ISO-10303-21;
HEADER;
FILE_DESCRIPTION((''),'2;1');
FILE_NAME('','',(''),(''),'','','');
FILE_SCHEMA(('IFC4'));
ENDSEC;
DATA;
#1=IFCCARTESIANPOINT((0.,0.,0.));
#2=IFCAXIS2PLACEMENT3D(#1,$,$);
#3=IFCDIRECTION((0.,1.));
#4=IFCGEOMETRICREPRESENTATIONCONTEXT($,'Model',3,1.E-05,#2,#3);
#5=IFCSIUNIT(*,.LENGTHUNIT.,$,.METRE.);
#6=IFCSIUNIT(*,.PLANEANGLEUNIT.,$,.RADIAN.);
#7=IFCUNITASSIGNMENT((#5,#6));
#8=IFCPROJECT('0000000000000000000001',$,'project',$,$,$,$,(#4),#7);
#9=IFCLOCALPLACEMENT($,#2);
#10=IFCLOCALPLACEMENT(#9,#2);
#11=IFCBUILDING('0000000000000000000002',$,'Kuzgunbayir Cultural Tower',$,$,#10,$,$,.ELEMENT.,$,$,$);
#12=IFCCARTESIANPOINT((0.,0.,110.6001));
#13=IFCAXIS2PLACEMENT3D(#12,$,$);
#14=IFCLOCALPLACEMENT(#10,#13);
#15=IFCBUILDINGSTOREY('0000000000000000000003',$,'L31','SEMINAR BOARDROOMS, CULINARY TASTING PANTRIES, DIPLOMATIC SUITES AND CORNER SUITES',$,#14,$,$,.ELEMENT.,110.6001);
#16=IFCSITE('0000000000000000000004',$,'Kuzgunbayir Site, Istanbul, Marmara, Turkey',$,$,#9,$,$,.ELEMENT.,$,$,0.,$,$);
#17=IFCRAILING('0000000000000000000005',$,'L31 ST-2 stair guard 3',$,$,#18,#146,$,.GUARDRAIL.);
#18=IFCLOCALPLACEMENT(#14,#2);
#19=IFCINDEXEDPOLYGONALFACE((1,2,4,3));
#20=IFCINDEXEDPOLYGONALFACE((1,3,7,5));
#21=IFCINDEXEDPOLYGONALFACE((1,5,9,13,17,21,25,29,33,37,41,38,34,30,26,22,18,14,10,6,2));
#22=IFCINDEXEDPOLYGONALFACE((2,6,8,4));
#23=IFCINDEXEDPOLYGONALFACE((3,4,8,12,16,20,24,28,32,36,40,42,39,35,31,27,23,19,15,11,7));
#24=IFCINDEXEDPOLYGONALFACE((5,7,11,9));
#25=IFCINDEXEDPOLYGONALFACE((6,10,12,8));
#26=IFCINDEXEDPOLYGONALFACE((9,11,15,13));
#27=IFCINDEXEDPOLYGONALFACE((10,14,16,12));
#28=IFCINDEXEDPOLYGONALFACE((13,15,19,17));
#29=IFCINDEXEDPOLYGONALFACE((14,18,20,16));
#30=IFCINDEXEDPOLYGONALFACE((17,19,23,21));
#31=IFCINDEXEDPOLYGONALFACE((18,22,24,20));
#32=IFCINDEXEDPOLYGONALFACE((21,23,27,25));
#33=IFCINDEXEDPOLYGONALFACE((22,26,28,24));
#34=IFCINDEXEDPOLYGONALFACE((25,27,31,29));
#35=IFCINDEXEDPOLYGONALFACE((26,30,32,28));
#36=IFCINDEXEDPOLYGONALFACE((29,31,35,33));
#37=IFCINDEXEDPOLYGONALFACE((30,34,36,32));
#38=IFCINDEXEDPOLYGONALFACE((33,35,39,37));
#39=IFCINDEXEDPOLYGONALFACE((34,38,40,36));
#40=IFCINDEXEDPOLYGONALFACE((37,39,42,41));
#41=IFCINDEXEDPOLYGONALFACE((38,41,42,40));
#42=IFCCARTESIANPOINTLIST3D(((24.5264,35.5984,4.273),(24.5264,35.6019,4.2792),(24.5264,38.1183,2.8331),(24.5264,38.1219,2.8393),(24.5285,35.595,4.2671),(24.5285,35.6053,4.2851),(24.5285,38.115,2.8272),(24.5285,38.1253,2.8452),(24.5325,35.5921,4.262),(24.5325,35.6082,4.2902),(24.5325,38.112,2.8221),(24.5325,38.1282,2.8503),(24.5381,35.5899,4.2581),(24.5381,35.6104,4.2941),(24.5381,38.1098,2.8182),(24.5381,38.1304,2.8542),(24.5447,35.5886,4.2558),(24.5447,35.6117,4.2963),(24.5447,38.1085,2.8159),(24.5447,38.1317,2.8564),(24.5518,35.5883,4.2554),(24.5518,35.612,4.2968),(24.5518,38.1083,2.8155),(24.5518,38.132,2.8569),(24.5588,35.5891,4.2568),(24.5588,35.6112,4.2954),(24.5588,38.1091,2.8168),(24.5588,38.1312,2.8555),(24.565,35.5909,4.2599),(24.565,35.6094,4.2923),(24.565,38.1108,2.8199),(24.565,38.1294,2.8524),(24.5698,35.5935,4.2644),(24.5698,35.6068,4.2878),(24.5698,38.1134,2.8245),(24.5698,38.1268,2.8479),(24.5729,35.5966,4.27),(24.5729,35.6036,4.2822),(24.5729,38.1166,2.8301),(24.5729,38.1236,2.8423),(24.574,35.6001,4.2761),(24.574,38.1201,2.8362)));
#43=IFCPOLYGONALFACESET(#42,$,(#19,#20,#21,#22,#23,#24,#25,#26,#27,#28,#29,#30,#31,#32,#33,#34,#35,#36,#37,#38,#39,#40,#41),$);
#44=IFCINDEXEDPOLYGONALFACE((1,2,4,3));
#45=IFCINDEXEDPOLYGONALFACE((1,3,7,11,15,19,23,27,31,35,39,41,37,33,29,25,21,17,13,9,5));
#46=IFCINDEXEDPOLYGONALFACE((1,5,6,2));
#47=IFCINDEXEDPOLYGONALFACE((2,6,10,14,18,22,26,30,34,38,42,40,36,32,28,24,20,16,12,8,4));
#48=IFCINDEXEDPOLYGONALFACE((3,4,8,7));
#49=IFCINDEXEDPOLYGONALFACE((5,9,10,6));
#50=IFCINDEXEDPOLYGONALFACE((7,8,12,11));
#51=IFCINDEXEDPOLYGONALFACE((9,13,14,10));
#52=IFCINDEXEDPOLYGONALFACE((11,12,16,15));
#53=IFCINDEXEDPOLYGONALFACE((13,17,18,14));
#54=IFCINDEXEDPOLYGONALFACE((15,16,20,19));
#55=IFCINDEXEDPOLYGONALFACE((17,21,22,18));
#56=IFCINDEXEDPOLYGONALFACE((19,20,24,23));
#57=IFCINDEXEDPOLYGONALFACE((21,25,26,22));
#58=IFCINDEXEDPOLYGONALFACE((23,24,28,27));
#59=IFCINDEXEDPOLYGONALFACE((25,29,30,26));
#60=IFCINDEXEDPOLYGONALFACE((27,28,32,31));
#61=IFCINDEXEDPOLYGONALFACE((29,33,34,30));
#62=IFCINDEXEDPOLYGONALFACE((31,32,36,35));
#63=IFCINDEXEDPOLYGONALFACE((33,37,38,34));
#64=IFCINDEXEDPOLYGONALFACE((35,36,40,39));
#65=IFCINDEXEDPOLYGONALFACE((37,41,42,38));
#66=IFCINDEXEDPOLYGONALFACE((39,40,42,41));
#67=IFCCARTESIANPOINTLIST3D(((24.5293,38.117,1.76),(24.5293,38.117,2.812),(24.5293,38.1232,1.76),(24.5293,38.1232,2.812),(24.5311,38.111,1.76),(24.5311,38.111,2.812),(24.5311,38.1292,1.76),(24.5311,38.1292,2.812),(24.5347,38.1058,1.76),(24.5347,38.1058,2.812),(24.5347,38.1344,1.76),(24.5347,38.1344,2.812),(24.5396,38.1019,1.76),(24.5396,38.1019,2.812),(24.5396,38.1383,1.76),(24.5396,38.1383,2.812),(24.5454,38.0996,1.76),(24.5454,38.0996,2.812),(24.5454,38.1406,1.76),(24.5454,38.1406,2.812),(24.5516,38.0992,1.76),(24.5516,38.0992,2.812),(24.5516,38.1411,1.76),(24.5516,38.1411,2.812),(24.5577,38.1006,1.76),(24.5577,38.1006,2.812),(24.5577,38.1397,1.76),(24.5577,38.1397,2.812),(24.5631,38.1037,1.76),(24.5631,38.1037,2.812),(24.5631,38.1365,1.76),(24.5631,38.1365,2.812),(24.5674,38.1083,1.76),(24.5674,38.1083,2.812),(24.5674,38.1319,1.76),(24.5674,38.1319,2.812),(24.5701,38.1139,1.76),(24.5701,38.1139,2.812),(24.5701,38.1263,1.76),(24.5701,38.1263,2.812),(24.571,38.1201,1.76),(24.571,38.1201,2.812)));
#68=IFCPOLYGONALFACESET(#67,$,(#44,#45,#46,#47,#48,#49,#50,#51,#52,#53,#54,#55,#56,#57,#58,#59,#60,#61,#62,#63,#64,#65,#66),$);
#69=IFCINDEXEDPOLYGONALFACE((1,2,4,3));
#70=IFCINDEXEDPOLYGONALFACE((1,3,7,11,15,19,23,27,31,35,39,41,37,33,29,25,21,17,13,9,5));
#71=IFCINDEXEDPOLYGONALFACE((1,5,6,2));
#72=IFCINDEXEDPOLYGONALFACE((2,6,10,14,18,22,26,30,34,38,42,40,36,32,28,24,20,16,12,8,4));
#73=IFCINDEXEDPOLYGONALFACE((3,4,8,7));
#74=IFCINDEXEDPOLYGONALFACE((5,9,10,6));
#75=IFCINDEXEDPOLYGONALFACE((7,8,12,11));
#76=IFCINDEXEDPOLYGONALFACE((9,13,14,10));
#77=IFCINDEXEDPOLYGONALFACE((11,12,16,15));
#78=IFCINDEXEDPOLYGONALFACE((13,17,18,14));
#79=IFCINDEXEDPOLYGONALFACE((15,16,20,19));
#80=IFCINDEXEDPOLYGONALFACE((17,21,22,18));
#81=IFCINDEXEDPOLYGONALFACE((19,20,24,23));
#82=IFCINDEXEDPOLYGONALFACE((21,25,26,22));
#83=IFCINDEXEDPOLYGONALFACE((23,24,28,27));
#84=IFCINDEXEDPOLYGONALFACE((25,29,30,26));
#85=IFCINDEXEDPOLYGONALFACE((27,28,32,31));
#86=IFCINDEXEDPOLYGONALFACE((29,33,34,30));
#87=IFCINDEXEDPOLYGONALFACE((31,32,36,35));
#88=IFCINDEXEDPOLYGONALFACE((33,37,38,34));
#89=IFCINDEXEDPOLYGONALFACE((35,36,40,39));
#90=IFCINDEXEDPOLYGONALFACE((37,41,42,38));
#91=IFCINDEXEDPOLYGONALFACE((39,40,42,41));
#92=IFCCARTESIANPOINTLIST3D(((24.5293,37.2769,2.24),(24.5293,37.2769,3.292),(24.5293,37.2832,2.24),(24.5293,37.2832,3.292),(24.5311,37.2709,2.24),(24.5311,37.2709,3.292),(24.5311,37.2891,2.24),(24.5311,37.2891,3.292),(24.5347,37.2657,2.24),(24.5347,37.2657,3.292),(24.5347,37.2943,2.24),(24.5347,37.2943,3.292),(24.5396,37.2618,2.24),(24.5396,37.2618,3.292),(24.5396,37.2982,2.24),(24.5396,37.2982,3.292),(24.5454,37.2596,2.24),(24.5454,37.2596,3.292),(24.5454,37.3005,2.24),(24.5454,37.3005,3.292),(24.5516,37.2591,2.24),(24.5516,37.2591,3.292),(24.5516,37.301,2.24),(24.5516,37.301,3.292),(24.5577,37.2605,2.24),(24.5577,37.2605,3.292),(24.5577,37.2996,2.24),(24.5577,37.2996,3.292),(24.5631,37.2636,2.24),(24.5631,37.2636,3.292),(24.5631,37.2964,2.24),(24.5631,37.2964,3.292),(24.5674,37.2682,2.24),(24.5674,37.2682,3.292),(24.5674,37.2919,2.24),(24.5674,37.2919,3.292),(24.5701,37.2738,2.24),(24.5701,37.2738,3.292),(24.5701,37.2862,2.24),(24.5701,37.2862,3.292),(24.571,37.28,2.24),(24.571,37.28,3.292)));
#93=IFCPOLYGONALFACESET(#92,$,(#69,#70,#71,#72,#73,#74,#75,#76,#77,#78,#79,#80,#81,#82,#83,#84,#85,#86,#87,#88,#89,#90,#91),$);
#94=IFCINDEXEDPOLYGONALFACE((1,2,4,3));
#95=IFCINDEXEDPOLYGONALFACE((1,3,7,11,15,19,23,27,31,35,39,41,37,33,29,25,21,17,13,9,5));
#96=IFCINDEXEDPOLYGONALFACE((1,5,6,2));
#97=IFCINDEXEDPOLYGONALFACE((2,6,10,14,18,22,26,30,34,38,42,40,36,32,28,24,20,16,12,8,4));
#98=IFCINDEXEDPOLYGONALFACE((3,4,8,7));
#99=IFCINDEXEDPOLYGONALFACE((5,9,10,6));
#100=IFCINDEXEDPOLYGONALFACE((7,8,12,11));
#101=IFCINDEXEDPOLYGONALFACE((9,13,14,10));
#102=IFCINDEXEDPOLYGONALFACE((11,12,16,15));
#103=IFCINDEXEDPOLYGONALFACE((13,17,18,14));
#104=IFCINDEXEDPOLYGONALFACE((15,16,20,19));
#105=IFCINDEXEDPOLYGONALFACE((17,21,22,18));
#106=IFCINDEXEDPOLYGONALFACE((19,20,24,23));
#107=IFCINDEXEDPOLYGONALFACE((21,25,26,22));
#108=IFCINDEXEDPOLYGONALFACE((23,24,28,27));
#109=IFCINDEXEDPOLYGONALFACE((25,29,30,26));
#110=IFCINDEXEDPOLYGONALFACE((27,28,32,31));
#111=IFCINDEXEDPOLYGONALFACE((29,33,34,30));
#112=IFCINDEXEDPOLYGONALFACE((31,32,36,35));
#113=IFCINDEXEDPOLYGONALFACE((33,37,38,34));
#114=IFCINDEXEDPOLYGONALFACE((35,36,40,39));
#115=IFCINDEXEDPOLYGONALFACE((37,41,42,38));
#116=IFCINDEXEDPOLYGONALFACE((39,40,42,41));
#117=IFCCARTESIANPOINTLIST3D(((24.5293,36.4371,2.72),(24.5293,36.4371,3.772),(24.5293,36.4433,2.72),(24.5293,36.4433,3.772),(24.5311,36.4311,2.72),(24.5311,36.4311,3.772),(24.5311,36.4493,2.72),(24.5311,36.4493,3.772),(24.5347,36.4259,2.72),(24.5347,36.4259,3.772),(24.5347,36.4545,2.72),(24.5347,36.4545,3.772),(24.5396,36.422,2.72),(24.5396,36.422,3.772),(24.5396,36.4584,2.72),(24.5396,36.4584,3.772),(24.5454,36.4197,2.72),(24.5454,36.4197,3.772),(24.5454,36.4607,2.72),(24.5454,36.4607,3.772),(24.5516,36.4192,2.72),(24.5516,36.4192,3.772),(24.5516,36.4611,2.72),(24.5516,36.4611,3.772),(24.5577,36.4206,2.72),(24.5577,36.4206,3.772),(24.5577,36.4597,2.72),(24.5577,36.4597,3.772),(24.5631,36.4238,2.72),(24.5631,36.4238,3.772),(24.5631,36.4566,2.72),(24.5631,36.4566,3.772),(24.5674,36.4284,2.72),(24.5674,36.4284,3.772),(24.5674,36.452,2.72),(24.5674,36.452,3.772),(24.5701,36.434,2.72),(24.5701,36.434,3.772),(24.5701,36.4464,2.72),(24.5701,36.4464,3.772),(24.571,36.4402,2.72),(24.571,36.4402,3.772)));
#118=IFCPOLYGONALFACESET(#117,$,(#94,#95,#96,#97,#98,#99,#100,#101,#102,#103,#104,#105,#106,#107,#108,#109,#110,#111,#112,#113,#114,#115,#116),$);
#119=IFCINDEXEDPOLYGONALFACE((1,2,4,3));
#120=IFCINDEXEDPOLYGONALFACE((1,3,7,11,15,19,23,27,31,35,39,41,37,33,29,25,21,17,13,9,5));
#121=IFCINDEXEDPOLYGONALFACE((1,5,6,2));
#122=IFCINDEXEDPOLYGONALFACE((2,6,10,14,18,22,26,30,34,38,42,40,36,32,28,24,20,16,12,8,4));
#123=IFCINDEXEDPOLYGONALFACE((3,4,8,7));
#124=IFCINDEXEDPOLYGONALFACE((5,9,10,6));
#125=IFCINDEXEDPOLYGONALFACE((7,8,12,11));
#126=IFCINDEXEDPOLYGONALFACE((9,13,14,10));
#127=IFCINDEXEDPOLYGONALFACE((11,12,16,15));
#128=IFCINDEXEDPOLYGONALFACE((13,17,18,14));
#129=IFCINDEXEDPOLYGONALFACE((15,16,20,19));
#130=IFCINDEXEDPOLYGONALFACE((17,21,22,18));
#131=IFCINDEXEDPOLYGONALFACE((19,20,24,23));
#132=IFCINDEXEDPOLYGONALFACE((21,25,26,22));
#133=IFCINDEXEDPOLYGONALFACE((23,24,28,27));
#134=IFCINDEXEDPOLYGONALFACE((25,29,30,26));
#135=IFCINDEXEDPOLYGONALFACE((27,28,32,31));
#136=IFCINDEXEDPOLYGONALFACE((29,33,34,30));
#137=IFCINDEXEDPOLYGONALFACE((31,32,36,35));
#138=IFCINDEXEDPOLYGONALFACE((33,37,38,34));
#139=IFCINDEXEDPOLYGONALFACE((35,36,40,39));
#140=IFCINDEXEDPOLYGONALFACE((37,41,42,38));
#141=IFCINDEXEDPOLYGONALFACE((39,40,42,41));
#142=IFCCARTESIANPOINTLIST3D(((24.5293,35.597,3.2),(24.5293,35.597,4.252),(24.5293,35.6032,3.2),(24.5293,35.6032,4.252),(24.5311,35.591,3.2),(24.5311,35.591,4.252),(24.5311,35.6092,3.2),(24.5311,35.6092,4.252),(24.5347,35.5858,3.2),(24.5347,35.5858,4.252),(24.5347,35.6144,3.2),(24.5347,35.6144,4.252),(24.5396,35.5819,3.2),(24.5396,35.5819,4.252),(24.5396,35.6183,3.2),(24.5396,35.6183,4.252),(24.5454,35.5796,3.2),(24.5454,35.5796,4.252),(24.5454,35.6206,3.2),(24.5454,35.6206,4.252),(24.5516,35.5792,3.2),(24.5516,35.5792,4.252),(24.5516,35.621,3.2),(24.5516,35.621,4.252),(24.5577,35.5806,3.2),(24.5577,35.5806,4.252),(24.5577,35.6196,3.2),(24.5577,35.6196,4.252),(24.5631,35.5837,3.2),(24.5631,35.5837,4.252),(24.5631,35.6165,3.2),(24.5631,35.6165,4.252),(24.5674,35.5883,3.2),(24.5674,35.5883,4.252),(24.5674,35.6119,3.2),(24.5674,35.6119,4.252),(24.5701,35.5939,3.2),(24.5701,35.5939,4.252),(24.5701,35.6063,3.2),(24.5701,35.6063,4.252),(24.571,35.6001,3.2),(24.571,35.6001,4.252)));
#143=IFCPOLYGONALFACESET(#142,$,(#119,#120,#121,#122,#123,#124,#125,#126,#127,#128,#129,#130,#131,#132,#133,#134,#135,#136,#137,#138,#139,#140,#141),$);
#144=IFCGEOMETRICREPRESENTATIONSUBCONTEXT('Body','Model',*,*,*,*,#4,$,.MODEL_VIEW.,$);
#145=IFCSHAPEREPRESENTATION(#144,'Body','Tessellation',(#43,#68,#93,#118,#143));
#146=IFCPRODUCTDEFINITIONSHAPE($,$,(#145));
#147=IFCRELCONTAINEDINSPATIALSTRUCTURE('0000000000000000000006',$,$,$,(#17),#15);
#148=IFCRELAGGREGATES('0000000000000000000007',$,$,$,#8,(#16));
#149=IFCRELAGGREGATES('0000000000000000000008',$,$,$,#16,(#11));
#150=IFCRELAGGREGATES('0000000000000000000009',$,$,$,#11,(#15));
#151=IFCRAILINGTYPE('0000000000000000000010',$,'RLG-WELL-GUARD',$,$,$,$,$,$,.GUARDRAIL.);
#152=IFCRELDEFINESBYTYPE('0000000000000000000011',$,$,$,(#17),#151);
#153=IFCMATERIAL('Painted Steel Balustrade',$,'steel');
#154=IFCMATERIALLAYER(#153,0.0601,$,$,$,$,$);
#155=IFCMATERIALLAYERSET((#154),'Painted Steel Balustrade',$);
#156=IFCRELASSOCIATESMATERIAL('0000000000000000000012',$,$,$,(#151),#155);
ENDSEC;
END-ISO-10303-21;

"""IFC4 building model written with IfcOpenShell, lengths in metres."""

from ifc_helpers import new_model, si_unit, direction, frame, origin, origin_2d, place, context, subcontext, project, spatial, circle, extrude, material, layer, layer_set, type_object, element, save


model = new_model("IFC4")

# Units and contexts
model_context = context("Model", 3, precision=1e-05, world=origin(), true_north=direction((0.0, 1.0)))
body_context = subcontext(model_context, "Body", "Model", "MODEL_VIEW")
ifc_project = project(units=[si_unit("LENGTHUNIT", "METRE"), si_unit("PLANEANGLEUNIT", "RADIAN")], contexts=[model_context])

# Site, building, storey
site_placement = place(None, origin())
site = spatial("IfcSite", under=ifc_project, at=site_placement, Name="Kuzgunbayir Site, Istanbul, Marmara, Turkey", CompositionType="ELEMENT", RefElevation=0.0)
building_placement = place(site_placement, origin())
building = spatial("IfcBuilding", under=site, at=building_placement, Name="Kuzgunbayir Cultural Tower", CompositionType="ELEMENT")
storey_placement = place(building_placement, frame((0.0, 0.0, 110.6001)))
storey = spatial("IfcBuildingStorey", under=building, at=storey_placement, Name="L31", Description="SEMINAR BOARDROOMS, CULINARY TASTING PANTRIES, DIPLOMATIC SUITES AND CORNER SUITES", CompositionType="ELEMENT", Elevation=110.6001)

# Railing
ifc_material_1 = material(Name="Painted Steel Balustrade", Category="steel")
ifc_layer_1 = layer(ifc_material_1, 0.0601)
ifc_layer_set_1 = layer_set([ifc_layer_1], Name="Painted Steel Balustrade")
railing_type_1 = type_object("IfcRailingType", Name="RLG-WELL-GUARD", PredefinedType="GUARDRAIL", material=ifc_layer_set_1)
railing_1_placement = place(storey_placement, frame((24.55, 38.1201, 1.76)))
element("IfcRailing", 1, at=railing_1_placement, inside=storey, type_object=railing_type_1, Name="L31 ST-2 stair guard 3", PredefinedType="GUARDRAIL", context=body_context, shape_type="SweptSolid", body=[
    extrude(circle(Radius=0.0239, at=origin_2d()), frame((0.0, 0.0, 1.0762), z_axis=(0.0, -0.868253, 0.496121), x_axis=(1.0, 0.0, 0.0)), (0.0, 0.0, 1.0), 2.9023),
    extrude(circle(Radius=0.021, at=origin_2d()), origin(), (0.0, 0.0, 1.0), 1.052),
    extrude(circle(Radius=0.021, at=origin_2d()), frame((0.0, -0.8401, 0.48)), (0.0, 0.0, 1.0), 1.052),
    extrude(circle(Radius=0.021, at=origin_2d()), frame((0.0, -1.6799, 0.96)), (0.0, 0.0, 1.0), 1.052),
    extrude(circle(Radius=0.021, at=origin_2d()), frame((0.0, -2.52, 1.4399)), (0.0, 0.0, 1.0), 1.052),
])

save(model, "model.ifc")
